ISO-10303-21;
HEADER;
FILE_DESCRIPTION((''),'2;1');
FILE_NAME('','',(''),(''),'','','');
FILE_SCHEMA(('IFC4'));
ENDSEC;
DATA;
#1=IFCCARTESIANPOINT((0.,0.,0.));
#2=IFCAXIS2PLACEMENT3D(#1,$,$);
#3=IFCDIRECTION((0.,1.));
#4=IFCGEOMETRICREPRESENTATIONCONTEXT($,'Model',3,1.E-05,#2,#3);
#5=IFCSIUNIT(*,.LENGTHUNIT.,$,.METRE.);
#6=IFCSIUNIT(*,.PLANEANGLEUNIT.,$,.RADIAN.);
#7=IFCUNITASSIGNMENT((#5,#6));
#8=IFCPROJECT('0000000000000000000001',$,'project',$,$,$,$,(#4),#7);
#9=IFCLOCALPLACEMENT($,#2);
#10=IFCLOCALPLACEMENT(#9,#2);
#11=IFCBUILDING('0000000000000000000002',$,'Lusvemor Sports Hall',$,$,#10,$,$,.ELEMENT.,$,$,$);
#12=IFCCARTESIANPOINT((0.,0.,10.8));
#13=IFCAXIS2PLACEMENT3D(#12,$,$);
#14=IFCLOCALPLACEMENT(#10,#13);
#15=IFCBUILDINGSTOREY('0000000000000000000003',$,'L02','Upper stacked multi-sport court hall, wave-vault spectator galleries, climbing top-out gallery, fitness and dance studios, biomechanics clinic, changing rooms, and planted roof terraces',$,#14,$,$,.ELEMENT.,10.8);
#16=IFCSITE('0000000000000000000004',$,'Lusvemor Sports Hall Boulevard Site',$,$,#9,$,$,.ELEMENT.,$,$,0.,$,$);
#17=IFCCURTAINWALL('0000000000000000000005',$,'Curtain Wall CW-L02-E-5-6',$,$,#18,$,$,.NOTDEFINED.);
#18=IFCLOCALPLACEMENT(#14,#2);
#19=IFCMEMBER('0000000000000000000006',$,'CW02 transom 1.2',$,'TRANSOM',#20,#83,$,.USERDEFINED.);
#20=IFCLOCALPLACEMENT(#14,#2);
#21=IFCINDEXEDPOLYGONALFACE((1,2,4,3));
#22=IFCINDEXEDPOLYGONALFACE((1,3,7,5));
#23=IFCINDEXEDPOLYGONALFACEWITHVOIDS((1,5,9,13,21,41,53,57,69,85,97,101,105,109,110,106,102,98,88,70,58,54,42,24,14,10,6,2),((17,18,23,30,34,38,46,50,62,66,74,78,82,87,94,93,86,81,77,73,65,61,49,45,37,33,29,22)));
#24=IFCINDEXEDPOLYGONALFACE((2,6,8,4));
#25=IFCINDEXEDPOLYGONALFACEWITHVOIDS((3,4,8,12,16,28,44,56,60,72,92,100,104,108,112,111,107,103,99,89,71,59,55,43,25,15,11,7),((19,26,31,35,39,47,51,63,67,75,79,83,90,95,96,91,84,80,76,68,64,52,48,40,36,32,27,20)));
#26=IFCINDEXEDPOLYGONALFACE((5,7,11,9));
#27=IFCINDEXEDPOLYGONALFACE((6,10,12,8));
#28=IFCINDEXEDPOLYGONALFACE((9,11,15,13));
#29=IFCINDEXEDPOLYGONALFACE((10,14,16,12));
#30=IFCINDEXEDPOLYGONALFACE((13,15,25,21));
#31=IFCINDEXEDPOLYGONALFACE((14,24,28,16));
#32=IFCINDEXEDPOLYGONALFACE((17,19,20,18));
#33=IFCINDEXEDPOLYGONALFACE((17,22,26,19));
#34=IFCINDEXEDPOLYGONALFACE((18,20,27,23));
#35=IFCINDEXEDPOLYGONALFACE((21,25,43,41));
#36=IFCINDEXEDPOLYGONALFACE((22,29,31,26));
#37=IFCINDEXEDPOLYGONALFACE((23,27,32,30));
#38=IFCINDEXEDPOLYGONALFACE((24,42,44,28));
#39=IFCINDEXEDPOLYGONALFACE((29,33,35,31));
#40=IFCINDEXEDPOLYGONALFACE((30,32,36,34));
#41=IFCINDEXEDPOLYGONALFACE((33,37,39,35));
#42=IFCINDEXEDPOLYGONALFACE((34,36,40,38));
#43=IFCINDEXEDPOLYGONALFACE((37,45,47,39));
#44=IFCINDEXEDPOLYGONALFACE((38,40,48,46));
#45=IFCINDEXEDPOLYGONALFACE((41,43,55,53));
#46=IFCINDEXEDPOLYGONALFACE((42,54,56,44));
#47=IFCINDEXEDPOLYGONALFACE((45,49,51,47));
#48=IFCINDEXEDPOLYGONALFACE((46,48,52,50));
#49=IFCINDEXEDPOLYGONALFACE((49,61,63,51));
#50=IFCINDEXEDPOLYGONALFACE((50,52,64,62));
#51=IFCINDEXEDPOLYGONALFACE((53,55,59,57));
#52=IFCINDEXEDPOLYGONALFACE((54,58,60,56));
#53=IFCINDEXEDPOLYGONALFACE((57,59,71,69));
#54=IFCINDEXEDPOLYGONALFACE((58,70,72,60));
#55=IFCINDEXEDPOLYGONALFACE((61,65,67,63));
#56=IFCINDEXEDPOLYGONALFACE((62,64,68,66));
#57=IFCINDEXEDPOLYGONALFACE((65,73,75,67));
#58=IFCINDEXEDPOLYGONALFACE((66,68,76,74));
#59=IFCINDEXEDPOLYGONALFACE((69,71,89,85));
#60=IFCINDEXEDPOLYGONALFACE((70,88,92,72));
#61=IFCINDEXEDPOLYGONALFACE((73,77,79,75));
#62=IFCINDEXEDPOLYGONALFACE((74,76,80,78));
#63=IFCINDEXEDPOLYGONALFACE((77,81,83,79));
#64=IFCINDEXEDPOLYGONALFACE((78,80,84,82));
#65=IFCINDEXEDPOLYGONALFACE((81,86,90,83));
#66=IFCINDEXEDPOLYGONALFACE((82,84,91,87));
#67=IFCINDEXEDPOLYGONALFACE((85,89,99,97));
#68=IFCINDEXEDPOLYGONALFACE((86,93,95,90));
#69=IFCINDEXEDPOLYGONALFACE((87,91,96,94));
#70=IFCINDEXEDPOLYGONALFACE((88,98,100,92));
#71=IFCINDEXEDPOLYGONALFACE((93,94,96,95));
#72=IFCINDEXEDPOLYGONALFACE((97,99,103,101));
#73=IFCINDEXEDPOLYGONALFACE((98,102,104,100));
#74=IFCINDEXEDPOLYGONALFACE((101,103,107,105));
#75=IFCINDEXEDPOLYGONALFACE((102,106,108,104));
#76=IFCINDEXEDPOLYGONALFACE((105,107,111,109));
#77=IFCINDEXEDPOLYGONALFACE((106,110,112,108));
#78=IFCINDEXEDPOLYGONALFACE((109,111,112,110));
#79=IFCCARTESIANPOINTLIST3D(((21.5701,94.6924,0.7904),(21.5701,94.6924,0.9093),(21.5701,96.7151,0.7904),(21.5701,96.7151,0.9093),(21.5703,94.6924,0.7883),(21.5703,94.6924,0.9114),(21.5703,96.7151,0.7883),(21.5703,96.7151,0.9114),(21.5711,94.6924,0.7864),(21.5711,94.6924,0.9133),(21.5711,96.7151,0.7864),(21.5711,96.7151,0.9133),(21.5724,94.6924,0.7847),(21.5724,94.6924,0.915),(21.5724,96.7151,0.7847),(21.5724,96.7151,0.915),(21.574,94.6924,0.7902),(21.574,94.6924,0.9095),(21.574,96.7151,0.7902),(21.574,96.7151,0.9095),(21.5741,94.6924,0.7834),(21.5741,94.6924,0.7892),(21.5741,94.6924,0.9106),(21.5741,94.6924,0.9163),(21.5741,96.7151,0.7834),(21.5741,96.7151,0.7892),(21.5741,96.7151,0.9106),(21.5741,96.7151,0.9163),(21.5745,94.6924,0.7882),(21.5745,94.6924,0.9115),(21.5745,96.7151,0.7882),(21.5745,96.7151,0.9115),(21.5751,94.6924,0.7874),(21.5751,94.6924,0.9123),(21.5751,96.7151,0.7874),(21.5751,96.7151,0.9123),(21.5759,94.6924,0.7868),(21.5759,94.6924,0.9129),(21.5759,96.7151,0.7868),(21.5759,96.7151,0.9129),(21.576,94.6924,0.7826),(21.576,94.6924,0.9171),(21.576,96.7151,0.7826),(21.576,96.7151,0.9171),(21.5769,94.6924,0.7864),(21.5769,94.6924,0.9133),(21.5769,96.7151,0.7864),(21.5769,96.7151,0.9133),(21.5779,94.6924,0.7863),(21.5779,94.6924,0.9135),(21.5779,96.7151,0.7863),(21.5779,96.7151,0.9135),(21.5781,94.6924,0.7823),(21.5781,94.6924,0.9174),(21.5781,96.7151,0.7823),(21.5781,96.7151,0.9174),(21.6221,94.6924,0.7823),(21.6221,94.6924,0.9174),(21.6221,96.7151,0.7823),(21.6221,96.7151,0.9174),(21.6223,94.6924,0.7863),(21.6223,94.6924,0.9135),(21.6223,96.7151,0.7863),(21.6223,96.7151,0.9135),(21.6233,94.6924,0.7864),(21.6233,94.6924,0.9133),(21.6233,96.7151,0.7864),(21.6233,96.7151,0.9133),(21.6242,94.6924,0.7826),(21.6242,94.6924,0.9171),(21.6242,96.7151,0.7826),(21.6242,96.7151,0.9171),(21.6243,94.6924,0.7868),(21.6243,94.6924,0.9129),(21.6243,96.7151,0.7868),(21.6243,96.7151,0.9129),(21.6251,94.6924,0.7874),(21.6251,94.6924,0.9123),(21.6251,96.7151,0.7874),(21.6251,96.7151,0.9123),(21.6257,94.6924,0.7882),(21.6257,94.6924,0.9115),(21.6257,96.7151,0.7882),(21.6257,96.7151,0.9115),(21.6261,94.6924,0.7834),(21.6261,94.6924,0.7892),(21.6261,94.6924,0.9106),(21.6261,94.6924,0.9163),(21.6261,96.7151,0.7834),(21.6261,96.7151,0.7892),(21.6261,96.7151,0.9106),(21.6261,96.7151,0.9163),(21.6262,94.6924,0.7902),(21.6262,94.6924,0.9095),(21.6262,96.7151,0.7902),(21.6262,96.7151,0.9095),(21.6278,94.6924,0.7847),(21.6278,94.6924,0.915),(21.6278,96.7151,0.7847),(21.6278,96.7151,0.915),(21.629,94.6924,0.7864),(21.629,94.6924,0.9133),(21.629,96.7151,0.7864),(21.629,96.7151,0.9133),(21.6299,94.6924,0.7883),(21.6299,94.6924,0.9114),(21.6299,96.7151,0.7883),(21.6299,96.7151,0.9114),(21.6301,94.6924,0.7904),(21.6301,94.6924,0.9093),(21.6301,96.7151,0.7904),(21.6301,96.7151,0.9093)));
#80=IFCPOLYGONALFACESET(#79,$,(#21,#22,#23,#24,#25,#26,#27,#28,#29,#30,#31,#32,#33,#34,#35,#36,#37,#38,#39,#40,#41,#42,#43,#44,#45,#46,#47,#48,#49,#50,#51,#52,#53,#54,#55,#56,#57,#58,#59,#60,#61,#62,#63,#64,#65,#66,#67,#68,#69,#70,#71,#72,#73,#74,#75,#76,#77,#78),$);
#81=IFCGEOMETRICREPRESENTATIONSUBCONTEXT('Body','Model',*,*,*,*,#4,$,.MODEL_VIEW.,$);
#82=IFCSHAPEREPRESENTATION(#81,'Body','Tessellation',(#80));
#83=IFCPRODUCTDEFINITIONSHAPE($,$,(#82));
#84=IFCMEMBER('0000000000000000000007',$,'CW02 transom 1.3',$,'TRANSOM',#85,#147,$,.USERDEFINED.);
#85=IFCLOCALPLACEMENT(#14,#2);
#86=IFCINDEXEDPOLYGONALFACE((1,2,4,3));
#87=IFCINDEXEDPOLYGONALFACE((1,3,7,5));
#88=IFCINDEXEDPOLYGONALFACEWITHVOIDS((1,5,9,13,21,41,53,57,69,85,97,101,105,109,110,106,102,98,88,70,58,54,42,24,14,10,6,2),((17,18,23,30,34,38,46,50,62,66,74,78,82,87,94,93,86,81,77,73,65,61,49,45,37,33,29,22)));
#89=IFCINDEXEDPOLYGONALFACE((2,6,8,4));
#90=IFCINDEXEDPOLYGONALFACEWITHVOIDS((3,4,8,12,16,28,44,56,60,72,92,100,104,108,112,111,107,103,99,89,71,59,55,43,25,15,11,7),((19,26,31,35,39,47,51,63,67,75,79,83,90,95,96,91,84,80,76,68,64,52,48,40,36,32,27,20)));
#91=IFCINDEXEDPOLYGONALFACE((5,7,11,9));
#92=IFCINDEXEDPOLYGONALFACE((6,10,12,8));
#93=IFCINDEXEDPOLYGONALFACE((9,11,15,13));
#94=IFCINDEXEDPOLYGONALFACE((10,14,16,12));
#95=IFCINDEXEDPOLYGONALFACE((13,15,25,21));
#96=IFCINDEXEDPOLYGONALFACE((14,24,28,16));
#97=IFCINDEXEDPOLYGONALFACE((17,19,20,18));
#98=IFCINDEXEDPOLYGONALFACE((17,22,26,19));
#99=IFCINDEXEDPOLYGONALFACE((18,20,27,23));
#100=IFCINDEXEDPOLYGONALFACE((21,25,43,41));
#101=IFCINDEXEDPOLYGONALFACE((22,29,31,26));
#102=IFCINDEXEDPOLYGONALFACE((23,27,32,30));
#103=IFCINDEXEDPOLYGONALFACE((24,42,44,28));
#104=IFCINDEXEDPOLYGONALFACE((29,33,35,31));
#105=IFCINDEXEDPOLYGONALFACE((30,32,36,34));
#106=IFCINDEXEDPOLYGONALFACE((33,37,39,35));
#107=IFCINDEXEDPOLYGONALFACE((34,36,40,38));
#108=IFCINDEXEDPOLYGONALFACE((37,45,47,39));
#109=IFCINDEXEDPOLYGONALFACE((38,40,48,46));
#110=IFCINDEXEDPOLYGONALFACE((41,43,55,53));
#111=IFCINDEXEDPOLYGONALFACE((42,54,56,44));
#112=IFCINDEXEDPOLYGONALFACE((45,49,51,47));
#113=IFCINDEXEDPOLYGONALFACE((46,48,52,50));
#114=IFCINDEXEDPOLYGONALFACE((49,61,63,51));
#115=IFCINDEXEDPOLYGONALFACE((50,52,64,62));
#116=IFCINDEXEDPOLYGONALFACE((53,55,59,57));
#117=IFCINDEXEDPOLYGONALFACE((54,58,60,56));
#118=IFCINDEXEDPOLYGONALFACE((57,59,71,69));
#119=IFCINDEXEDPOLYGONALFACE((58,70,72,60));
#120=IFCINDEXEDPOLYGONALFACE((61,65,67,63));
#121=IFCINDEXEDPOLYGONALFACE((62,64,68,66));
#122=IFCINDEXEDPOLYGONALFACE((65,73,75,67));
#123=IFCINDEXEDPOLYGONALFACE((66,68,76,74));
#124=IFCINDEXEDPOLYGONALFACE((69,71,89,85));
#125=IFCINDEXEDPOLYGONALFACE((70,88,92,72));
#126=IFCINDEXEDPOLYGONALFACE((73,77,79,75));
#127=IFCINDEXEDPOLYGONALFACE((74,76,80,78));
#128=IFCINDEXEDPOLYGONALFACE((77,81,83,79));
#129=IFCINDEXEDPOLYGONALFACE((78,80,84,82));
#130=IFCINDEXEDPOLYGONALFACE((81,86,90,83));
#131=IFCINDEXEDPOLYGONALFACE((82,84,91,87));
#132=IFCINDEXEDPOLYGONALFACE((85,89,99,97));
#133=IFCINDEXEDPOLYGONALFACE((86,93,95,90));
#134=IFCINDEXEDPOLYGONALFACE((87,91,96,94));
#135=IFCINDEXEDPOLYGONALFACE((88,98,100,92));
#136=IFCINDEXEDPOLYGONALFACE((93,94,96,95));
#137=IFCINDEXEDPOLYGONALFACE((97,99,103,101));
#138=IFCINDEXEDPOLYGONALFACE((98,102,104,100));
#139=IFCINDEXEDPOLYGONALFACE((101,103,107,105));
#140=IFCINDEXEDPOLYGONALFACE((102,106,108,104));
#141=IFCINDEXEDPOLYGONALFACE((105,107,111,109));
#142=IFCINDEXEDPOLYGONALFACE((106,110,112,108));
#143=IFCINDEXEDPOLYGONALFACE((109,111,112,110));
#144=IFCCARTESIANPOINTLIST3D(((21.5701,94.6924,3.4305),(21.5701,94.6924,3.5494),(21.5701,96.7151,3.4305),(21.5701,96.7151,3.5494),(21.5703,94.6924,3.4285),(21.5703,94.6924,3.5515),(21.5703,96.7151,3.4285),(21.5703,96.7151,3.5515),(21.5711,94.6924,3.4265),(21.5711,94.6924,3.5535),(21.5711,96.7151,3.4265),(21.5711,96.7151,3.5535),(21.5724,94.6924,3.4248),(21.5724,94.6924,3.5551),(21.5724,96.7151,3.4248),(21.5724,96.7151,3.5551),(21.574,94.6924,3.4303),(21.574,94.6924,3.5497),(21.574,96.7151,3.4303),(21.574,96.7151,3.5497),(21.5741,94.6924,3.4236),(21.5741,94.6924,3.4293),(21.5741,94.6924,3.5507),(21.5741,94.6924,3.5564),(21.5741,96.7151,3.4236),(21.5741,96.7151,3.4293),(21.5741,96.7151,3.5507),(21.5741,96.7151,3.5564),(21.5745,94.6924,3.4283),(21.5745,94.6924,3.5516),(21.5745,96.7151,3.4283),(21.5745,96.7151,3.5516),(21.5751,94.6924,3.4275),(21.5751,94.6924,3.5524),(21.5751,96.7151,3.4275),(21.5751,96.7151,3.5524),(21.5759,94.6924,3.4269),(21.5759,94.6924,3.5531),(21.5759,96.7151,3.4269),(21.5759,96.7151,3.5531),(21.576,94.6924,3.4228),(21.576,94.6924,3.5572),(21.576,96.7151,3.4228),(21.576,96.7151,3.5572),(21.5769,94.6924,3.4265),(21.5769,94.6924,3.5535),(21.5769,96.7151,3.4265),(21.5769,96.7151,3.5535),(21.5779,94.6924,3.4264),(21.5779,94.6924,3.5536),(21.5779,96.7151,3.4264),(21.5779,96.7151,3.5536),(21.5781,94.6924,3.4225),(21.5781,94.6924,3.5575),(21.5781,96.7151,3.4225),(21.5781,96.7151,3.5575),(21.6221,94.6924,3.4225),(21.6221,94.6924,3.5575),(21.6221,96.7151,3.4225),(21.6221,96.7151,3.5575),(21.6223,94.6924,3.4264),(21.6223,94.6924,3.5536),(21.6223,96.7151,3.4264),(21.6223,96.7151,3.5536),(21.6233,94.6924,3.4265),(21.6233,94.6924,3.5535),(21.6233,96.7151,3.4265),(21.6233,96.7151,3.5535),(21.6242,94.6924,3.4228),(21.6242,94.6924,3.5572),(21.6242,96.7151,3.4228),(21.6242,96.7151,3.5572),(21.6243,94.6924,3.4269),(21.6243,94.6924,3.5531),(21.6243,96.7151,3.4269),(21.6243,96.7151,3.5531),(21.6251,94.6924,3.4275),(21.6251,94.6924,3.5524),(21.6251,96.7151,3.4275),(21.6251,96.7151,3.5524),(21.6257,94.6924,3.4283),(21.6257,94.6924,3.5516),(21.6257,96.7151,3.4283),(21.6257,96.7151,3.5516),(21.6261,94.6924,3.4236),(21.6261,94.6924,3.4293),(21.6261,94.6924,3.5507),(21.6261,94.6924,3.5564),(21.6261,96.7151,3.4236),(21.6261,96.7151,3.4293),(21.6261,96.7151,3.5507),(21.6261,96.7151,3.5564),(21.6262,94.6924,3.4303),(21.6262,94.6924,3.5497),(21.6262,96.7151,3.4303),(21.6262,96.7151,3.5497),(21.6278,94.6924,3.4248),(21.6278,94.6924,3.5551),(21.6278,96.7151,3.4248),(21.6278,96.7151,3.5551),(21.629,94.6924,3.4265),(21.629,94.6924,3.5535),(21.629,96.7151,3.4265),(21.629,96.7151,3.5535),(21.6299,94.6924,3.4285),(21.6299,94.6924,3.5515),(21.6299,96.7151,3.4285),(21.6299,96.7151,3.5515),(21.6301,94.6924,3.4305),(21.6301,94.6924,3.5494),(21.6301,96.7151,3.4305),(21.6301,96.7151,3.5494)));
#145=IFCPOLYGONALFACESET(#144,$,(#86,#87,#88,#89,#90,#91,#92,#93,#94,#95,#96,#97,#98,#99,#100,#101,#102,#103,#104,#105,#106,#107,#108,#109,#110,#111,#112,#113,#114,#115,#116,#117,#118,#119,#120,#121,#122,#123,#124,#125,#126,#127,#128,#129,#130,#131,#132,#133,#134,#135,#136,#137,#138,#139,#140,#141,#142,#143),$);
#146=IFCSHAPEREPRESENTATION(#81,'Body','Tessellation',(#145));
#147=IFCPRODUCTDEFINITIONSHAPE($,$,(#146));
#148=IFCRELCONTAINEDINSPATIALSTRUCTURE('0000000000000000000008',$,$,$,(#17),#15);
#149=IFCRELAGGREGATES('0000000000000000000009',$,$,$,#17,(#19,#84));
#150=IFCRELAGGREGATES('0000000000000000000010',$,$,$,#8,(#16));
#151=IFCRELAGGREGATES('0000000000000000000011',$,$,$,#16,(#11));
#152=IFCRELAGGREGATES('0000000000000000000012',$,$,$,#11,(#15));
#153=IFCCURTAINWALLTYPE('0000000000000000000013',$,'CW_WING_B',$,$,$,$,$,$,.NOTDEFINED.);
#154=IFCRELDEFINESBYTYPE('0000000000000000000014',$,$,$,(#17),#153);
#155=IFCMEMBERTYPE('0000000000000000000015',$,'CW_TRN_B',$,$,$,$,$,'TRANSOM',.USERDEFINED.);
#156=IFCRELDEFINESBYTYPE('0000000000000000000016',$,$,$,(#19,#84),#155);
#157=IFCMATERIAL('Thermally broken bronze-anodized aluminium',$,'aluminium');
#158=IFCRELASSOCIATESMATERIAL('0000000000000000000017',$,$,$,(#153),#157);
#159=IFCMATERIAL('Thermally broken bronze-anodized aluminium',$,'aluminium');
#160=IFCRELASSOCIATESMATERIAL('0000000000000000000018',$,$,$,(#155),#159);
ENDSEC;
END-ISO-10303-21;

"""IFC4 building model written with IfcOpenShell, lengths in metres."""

from ifc_helpers import new_model, si_unit, direction, frame, origin, origin_2d, place, context, subcontext, project, spatial, hollow_rectangle, extrude, material, material_profile, profile_set, type_object, element, aggregate, save


model = new_model("IFC4")

# Units and contexts
model_context = context("Model", 3, precision=1e-05, world=origin(), true_north=direction((0.0, 1.0)))
body_context = subcontext(model_context, "Body", "Model", "MODEL_VIEW")
ifc_project = project(units=[si_unit("LENGTHUNIT", "METRE"), si_unit("PLANEANGLEUNIT", "RADIAN")], contexts=[model_context])

# Site, building, storey
site_placement = place(None, origin())
site = spatial("IfcSite", under=ifc_project, at=site_placement, Name="Lusvemor Sports Hall Boulevard Site", CompositionType="ELEMENT", RefElevation=0.0)
building_placement = place(site_placement, origin())
building = spatial("IfcBuilding", under=site, at=building_placement, Name="Lusvemor Sports Hall", CompositionType="ELEMENT")
storey_placement = place(building_placement, frame((0.0, 0.0, 10.8)))
storey = spatial("IfcBuildingStorey", under=building, at=storey_placement, Name="L02", Description="Upper stacked multi-sport court hall, wave-vault spectator galleries, climbing top-out gallery, fitness and dance studios, biomechanics clinic, changing rooms, and planted roof terraces", CompositionType="ELEMENT", Elevation=10.8)

# Curtain wall, members
ifc_material_1 = material(Name="Thermally broken bronze-anodized aluminium", Category="aluminium")
curtain_wall_type = type_object("IfcCurtainWallType", Name="CW_WING_B", PredefinedType="NOTDEFINED", material=ifc_material_1)
curtain_wall_placement = place(storey_placement, origin())
curtain_wall = element("IfcCurtainWall", 1, at=curtain_wall_placement, inside=storey, type_object=curtain_wall_type, Name="Curtain Wall CW-L02-E-5-6", PredefinedType="NOTDEFINED")
ifc_material_2 = material(Name="Thermally broken bronze-anodized aluminium", Category="aluminium")
ifc_material_profile_1 = material_profile(ifc_material_2, hollow_rectangle(XDim=0.0601, YDim=0.135, WallThickness=0.0039, InnerFilletRadius=0.0039, OuterFilletRadius=0.0081, at=origin_2d()), Name="CWTRN135x60x4")
ifc_profile_set_1 = profile_set([ifc_material_profile_1], Name="Thermally broken bronze-anodized aluminium")
member_type_1 = type_object("IfcMemberType", Name="CW_TRN_B", ElementType="TRANSOM", PredefinedType="USERDEFINED", material=ifc_profile_set_1)
member_1_placement = place(storey_placement, frame((21.6001, 96.7151, 0.8499), z_axis=(0.0, -1.0, 0.0), x_axis=(1.0, 0.0, 0.0)))
member_1 = element("IfcMember", 2, at=member_1_placement, type_object=member_type_1, Name="CW02 transom 1.2", ObjectType="TRANSOM", PredefinedType="USERDEFINED", context=body_context, shape_type="SweptSolid", body=[
    extrude(hollow_rectangle(XDim=0.0601, YDim=0.135, WallThickness=0.0039, InnerFilletRadius=0.0039, OuterFilletRadius=0.0081, at=origin_2d()), origin(), (0.0, 0.0, 1.0), 2.0227),
])
member_2_placement = place(storey_placement, frame((21.6001, 96.7151, 3.49), z_axis=(0.0, -1.0, 0.0), x_axis=(1.0, 0.0, 0.0)))
member_2 = element("IfcMember", 3, at=member_2_placement, type_object=member_type_1, Name="CW02 transom 1.3", ObjectType="TRANSOM", PredefinedType="USERDEFINED", context=body_context, shape_type="SweptSolid", body=[
    extrude(hollow_rectangle(XDim=0.0601, YDim=0.135, WallThickness=0.0039, InnerFilletRadius=0.0039, OuterFilletRadius=0.0081, at=origin_2d()), origin(), (0.0, 0.0, 1.0), 2.0227),
])

aggregate(curtain_wall, [member_1, member_2])

save(model, "model.ifc")
